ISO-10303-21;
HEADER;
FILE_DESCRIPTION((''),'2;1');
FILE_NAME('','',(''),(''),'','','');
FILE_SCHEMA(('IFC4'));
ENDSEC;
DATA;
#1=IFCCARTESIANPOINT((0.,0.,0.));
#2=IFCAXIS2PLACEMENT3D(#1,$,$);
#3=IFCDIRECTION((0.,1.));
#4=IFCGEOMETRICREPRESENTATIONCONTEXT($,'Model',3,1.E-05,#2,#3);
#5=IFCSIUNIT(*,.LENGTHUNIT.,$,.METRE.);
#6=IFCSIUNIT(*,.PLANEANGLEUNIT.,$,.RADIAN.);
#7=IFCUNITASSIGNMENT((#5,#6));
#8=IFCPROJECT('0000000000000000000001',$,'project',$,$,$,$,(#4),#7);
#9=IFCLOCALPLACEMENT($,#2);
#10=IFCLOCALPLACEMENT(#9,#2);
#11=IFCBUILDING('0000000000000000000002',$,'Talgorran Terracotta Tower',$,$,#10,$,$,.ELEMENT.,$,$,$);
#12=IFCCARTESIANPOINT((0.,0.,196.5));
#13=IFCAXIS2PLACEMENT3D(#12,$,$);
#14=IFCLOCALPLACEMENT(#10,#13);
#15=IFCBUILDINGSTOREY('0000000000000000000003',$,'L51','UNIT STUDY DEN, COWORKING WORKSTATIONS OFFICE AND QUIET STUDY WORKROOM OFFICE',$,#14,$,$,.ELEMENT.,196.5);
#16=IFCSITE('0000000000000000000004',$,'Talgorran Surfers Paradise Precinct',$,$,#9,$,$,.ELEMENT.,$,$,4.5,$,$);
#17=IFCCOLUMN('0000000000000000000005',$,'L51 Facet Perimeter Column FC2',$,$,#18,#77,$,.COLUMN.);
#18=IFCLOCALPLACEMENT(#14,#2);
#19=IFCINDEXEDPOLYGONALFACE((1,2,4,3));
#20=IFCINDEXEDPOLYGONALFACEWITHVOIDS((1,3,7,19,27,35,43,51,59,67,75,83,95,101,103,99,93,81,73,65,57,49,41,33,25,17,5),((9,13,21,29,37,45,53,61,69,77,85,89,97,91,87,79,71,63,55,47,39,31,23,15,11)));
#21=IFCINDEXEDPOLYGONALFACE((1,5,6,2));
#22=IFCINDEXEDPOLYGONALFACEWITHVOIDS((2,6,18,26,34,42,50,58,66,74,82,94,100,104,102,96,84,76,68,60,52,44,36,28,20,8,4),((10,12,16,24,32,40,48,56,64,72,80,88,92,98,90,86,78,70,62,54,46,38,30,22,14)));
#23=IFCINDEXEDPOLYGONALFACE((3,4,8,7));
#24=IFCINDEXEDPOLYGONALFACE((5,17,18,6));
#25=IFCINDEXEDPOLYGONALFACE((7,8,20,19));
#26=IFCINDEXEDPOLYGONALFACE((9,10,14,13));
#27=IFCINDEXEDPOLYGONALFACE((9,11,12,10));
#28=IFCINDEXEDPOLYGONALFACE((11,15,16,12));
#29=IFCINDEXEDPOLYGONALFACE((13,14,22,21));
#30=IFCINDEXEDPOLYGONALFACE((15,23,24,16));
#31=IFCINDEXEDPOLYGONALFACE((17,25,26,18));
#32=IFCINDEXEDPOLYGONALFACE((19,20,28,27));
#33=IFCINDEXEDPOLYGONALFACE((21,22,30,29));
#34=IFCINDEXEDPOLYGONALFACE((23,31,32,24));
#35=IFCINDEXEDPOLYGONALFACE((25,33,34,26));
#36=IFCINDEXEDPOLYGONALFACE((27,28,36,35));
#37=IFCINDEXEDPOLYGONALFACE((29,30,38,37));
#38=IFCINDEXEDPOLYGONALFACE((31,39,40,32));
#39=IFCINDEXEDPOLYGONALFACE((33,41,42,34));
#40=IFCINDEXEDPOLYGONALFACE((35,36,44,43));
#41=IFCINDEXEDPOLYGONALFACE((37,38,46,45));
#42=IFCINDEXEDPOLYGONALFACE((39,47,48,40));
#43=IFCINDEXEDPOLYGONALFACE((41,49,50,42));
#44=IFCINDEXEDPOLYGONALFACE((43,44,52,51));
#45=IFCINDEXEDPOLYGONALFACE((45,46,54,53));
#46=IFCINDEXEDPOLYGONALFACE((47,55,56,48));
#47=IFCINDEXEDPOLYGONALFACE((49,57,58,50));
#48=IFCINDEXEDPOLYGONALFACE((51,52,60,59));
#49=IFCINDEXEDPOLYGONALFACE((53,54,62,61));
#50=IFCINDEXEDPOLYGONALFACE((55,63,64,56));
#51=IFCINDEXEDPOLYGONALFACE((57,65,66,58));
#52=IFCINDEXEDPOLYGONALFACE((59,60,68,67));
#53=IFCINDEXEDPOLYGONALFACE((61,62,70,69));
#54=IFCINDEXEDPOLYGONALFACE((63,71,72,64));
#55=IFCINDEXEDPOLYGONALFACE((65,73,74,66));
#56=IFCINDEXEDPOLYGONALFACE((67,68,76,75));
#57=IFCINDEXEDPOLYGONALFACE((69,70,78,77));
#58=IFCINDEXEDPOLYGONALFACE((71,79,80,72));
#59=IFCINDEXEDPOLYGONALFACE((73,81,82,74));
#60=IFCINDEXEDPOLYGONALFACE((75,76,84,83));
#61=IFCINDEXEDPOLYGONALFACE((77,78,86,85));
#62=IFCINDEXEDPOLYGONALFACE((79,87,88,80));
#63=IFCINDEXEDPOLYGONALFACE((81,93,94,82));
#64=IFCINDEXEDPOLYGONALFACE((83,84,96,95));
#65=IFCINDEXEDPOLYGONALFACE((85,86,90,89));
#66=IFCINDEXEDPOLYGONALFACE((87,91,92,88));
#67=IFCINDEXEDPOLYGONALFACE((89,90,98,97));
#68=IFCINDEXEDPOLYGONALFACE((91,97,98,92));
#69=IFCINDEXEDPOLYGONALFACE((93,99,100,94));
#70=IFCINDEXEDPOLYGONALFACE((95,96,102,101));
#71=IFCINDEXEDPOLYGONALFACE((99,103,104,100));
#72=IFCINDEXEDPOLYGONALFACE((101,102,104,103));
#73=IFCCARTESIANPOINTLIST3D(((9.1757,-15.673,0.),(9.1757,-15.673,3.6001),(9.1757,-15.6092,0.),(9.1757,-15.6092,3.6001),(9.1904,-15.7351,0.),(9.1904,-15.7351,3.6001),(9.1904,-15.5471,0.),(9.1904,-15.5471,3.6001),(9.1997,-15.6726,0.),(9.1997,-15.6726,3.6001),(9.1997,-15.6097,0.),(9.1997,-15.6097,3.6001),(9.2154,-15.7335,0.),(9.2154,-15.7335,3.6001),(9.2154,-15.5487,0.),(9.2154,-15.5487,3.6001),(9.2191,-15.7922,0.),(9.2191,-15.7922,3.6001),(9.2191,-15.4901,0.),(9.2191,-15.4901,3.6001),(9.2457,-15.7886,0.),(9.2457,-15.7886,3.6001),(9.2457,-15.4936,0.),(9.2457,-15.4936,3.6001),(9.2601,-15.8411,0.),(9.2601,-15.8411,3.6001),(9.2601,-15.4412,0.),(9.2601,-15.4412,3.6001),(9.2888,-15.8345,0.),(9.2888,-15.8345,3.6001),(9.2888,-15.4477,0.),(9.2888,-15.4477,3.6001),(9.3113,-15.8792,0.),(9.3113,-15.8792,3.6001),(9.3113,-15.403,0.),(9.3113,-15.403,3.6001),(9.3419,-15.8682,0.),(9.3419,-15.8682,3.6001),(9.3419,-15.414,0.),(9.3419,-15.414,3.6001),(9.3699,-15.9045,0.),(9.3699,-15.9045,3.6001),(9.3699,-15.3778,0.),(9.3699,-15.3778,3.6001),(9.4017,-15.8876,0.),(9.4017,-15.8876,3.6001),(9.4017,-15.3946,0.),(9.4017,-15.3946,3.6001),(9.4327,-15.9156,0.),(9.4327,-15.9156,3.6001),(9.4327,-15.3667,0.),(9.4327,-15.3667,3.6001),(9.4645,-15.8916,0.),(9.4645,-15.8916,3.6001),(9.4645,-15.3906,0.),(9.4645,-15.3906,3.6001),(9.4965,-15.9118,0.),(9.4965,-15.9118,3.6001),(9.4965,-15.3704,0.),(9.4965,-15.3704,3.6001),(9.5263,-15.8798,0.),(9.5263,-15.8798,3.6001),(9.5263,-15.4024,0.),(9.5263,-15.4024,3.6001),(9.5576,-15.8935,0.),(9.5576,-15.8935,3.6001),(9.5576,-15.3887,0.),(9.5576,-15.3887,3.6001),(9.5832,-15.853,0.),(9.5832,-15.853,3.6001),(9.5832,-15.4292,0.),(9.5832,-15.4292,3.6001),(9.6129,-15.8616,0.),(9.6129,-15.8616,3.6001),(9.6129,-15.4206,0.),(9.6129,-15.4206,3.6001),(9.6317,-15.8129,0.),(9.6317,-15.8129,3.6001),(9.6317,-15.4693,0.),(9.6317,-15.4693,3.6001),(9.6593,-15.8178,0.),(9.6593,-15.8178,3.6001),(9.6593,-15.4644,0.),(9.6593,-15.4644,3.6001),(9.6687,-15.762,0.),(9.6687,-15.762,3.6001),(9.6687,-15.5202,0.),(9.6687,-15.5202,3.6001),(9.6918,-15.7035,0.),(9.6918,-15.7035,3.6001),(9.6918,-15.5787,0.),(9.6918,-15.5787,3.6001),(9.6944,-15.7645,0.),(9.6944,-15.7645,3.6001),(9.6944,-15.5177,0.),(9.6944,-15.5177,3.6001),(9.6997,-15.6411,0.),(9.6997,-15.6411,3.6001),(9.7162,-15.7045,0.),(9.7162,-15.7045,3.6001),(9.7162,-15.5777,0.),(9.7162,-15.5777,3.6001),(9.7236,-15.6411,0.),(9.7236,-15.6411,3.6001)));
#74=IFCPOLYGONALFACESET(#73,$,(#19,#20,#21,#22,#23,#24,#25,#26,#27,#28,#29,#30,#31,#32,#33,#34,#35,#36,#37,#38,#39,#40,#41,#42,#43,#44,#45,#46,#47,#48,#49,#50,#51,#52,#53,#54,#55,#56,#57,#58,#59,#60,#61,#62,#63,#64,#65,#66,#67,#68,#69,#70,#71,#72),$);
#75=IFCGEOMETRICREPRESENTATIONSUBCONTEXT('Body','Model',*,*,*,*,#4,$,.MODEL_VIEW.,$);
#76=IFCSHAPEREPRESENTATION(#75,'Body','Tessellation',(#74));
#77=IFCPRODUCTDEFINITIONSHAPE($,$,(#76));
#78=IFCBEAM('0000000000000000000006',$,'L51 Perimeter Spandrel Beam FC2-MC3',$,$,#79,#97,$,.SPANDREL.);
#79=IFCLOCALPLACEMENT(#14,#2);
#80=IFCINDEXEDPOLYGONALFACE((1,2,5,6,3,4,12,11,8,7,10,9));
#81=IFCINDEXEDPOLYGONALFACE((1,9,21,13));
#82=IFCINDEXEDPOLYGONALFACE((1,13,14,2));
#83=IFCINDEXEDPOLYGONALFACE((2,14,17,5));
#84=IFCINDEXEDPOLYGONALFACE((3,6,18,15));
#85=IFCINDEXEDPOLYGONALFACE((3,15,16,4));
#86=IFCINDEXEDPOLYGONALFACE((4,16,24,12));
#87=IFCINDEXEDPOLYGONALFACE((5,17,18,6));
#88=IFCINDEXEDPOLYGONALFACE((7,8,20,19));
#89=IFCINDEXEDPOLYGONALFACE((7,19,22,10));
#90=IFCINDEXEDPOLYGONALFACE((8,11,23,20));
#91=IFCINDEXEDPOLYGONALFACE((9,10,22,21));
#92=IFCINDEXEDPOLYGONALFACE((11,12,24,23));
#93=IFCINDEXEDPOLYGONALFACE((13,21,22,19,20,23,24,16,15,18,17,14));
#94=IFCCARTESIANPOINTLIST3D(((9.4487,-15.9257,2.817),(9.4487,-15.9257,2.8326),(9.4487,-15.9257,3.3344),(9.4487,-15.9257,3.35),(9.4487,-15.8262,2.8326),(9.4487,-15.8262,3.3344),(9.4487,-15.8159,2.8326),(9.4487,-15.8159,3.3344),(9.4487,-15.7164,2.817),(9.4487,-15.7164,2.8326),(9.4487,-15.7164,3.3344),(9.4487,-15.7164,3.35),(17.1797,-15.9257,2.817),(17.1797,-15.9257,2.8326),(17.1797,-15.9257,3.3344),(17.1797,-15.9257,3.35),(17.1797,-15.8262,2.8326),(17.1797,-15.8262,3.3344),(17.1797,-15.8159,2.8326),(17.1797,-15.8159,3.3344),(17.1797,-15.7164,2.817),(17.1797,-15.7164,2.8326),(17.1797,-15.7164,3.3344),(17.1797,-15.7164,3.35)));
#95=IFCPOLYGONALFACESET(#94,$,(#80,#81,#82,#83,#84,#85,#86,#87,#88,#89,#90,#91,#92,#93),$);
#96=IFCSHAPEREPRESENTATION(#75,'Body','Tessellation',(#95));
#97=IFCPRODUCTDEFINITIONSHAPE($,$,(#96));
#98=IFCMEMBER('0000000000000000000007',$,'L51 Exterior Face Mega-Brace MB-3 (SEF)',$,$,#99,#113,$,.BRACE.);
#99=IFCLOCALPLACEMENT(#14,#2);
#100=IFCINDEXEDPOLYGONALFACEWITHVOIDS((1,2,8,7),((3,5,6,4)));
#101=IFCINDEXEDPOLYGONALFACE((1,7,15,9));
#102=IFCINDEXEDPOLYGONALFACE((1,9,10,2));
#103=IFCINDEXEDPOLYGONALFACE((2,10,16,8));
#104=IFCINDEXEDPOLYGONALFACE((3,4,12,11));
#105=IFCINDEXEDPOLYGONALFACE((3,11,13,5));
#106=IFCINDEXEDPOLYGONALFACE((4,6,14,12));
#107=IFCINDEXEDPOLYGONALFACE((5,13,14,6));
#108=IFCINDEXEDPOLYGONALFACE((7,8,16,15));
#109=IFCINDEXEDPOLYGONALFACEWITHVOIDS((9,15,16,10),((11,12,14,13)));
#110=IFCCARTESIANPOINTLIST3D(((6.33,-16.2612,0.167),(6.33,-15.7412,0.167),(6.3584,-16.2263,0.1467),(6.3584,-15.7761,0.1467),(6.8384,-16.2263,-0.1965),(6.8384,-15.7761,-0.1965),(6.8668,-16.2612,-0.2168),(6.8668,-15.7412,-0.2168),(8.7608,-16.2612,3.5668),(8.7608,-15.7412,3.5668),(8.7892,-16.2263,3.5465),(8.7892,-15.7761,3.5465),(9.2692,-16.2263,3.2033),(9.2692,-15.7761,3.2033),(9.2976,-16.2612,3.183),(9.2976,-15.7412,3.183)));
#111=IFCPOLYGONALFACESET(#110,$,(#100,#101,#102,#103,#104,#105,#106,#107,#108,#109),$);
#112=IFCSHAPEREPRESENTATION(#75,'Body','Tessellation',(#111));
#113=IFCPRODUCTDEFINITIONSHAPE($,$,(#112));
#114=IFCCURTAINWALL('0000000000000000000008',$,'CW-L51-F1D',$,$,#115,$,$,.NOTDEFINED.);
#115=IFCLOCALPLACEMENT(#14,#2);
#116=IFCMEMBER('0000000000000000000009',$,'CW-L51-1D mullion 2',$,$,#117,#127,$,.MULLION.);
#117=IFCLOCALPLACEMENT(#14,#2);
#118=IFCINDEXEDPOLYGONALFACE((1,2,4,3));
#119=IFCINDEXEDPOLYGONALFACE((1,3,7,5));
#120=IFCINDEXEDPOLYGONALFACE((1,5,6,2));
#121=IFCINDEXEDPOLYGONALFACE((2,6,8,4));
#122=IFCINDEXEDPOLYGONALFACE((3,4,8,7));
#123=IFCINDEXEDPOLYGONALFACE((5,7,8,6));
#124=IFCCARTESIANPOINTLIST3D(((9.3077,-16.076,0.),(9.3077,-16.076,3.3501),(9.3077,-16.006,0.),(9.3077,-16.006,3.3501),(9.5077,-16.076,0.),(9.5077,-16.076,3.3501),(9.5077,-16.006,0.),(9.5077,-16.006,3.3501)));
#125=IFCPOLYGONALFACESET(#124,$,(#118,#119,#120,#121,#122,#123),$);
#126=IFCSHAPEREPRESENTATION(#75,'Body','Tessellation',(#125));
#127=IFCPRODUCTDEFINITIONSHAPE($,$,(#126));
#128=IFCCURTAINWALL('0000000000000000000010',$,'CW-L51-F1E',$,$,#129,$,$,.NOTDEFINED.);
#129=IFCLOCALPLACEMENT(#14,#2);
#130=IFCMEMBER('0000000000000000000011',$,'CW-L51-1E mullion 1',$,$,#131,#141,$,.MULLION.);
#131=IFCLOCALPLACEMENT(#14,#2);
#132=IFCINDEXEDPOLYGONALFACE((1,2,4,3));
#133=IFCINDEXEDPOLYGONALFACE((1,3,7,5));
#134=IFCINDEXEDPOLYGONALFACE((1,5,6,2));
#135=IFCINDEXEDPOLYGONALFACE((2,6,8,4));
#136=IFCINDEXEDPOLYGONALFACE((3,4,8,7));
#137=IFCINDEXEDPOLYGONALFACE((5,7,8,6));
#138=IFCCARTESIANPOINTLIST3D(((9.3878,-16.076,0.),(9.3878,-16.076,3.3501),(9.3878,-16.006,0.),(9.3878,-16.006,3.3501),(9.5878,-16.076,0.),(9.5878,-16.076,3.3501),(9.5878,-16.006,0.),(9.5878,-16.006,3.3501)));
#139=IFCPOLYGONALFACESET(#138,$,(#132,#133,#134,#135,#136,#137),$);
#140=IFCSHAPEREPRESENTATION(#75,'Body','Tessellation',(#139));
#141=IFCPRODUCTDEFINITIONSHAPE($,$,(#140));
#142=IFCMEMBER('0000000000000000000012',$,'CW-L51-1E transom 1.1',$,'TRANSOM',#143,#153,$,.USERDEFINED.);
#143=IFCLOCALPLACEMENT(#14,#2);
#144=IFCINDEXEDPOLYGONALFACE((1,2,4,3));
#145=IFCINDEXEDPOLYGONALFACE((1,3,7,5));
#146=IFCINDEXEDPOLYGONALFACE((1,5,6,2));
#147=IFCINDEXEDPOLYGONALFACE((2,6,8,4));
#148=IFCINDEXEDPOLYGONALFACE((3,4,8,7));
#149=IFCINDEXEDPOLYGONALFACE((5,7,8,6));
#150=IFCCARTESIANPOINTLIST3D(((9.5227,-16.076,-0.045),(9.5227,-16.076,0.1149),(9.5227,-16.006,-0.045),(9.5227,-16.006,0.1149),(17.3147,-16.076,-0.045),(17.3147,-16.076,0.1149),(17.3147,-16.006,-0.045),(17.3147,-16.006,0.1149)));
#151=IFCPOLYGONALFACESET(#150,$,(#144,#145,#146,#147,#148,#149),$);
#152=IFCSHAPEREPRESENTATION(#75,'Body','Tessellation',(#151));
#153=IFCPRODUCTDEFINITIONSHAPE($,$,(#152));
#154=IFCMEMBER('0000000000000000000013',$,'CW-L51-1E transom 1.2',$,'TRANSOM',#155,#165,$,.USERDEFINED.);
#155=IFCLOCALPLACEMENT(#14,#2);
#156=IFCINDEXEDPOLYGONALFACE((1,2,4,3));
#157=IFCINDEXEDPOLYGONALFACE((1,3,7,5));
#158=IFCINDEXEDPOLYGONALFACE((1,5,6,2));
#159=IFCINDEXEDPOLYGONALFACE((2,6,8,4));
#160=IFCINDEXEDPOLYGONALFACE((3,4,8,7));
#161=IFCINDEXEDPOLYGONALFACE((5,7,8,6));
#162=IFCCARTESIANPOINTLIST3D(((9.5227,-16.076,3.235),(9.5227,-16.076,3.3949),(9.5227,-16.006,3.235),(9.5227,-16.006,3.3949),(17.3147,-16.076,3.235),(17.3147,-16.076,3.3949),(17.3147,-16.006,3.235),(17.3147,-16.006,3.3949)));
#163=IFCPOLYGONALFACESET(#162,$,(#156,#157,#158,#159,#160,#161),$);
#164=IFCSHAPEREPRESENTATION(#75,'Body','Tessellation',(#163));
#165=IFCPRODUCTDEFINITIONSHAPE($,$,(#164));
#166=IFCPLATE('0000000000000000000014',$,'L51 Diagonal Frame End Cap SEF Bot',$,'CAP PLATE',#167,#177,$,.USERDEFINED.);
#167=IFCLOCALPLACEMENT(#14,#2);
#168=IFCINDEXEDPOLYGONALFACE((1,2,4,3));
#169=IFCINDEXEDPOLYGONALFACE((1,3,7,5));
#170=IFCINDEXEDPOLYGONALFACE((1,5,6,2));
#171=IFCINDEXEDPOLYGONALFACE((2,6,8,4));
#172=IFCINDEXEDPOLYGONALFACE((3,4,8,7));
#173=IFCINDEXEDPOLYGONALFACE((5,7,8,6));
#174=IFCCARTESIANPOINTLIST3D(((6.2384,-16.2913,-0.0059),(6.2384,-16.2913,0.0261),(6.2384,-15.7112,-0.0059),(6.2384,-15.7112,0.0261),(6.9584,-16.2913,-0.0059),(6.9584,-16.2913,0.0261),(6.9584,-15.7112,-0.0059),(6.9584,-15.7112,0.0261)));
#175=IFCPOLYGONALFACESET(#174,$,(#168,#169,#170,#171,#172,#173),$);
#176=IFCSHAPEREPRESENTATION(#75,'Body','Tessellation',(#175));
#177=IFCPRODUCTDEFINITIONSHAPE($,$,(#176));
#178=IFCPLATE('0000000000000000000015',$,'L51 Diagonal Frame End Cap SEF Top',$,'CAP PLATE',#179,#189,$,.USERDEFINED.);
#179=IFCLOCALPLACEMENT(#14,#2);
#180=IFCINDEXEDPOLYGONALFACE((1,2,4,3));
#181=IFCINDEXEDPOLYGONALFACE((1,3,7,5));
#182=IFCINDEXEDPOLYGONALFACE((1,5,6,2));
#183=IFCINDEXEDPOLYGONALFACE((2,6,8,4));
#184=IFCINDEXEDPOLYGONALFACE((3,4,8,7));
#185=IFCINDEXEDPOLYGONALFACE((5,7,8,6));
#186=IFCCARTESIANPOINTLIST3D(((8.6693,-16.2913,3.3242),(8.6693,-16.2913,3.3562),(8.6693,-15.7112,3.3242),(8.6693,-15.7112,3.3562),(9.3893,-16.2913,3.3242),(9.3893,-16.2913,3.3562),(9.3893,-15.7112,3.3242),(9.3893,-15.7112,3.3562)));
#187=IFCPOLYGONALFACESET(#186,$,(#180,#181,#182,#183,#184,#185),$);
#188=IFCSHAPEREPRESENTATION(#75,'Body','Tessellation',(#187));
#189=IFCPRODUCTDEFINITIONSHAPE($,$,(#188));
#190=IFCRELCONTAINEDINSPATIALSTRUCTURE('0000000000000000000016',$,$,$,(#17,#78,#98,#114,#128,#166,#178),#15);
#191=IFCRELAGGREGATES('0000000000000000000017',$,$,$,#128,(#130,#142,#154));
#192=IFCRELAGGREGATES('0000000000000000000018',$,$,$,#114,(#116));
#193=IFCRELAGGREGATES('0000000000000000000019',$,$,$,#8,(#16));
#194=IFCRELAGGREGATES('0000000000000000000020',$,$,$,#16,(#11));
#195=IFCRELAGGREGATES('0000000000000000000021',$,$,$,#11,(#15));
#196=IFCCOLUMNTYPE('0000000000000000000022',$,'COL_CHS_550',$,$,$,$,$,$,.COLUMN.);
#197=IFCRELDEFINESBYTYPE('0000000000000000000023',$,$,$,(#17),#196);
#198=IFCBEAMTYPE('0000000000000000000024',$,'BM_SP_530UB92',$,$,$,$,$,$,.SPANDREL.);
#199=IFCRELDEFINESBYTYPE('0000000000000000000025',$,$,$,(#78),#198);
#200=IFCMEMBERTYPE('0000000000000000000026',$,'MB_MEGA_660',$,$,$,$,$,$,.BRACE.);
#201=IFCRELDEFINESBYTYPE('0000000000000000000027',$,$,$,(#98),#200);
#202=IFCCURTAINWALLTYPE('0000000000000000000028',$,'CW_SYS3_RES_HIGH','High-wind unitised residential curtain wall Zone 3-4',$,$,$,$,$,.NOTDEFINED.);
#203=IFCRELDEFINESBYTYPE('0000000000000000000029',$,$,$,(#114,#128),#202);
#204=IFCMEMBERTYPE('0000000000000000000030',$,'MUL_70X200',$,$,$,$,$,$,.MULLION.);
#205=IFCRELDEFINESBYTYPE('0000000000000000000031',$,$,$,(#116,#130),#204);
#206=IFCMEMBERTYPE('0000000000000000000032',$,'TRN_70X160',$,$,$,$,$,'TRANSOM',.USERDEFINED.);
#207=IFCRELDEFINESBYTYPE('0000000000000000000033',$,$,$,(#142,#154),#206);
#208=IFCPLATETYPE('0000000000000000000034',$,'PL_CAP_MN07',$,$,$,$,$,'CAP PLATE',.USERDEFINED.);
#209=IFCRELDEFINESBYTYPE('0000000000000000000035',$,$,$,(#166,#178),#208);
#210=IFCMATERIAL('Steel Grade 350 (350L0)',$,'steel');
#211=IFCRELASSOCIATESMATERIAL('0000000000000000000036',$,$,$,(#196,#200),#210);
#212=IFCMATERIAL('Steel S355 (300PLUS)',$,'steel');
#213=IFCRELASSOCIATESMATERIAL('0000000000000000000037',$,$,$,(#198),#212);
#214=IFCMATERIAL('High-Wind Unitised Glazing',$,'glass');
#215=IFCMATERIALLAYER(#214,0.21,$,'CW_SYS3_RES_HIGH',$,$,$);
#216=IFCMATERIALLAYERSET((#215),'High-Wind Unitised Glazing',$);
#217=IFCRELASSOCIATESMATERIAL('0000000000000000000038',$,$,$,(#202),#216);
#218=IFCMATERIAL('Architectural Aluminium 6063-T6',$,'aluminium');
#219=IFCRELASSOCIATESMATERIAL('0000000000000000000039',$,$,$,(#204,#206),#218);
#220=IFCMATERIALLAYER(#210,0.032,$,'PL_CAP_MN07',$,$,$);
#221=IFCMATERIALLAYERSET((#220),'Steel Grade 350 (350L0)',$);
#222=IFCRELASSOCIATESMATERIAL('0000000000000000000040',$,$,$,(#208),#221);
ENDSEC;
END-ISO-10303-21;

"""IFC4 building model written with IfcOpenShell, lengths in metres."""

from ifc_helpers import new_model, si_unit, direction, frame, origin, origin_2d, place, context, subcontext, project, spatial, rectangle, hollow_rectangle, hollow_circle, i_section, extrude, material, layer, layer_set, material_profile, profile_set, type_object, element, aggregate, save


model = new_model("IFC4")

# Units and contexts
model_context = context("Model", 3, precision=1e-05, world=origin(), true_north=direction((0.0, 1.0)))
body_context = subcontext(model_context, "Body", "Model", "MODEL_VIEW")
ifc_project = project(units=[si_unit("LENGTHUNIT", "METRE"), si_unit("PLANEANGLEUNIT", "RADIAN")], contexts=[model_context])

# Site, building, storey
site_placement = place(None, origin())
site = spatial("IfcSite", under=ifc_project, at=site_placement, Name="Talgorran Surfers Paradise Precinct", CompositionType="ELEMENT", RefElevation=4.5)
building_placement = place(site_placement, origin())
building = spatial("IfcBuilding", under=site, at=building_placement, Name="Talgorran Terracotta Tower", CompositionType="ELEMENT")
storey_placement = place(building_placement, frame((0.0, 0.0, 196.5)))
storey = spatial("IfcBuildingStorey", under=building, at=storey_placement, Name="L51", Description="UNIT STUDY DEN, COWORKING WORKSTATIONS OFFICE AND QUIET STUDY WORKROOM OFFICE", CompositionType="ELEMENT", Elevation=196.5)

# Column
ifc_material_1 = material(Name="Steel Grade 350 (350L0)", Category="steel")
ifc_material_profile_1 = material_profile(ifc_material_1, hollow_circle(Radius=0.2749, WallThickness=0.0239, at=origin_2d()), Name="CHS550X24")
ifc_profile_set_1 = profile_set([ifc_material_profile_1], Name="Steel Grade 350 (350L0)")
column_type = type_object("IfcColumnType", Name="COL_CHS_550", PredefinedType="COLUMN", material=ifc_profile_set_1)
column_placement = place(storey_placement, frame((9.4487, -15.6411, 0.0), z_axis=(0.0, 0.0, 1.0), x_axis=(1.0, 0.0, 0.0)))
element("IfcColumn", 1, at=column_placement, inside=storey, type_object=column_type, Name="L51 Facet Perimeter Column FC2", PredefinedType="COLUMN", context=body_context, shape_type="SweptSolid", body=[
    extrude(hollow_circle(Radius=0.2749, WallThickness=0.0239, at=origin_2d()), origin(), (0.0, 0.0, 1.0), 3.6001),
])

# Beam
ifc_material_2 = material(Name="Steel S355 (300PLUS)", Category="steel")
ifc_material_profile_2 = material_profile(ifc_material_2, i_section(OverallWidth=0.2092, OverallDepth=0.533, WebThickness=0.0103, FlangeThickness=0.0156, at=origin_2d()), Name="530UB92.4")
ifc_profile_set_2 = profile_set([ifc_material_profile_2], Name="Steel S355 (300PLUS)")
beam_type = type_object("IfcBeamType", Name="BM_SP_530UB92", PredefinedType="SPANDREL", material=ifc_profile_set_2)
beam_placement = place(storey_placement, frame((9.4487, -15.821, 3.0835), z_axis=(1.0, 0.0, 0.0), x_axis=(0.0, 1.0, 0.0)))
element("IfcBeam", 2, at=beam_placement, inside=storey, type_object=beam_type, Name="L51 Perimeter Spandrel Beam FC2-MC3", PredefinedType="SPANDREL", context=body_context, shape_type="SweptSolid", body=[
    extrude(i_section(OverallWidth=0.2092, OverallDepth=0.533, WebThickness=0.0103, FlangeThickness=0.0156, at=origin_2d()), origin(), (0.0, 0.0, 1.0), 7.731),
])

# Member
ifc_material_profile_3 = material_profile(ifc_material_1, hollow_rectangle(XDim=0.52, YDim=0.6599, WallThickness=0.0349, at=origin_2d()), Name="WBOX660X520X35")
ifc_profile_set_3 = profile_set([ifc_material_profile_3], Name="Steel Grade 350 (350L0)")
member_type_1 = type_object("IfcMemberType", Name="MB_MEGA_660", PredefinedType="BRACE", material=ifc_profile_set_3)
member_1_placement = place(storey_placement, frame((6.5984, -16.0012, -0.0249), z_axis=(0.581619, 0.0, 0.813461), x_axis=(0.0, 1.0, 0.0)))
element("IfcMember", 3, at=member_1_placement, inside=storey, type_object=member_type_1, Name="L51 Exterior Face Mega-Brace MB-3 (SEF)", PredefinedType="BRACE", context=body_context, shape_type="SweptSolid", body=[
    extrude(hollow_rectangle(XDim=0.52, YDim=0.6599, WallThickness=0.0349, at=origin_2d()), origin(), (0.0, 0.0, 1.0), 4.1794),
])

# Curtain wall, member
ifc_material_3 = material(Name="High-Wind Unitised Glazing", Category="glass")
ifc_layer_1 = layer(ifc_material_3, 0.21, Name="CW_SYS3_RES_HIGH")
ifc_layer_set_1 = layer_set([ifc_layer_1], Name="High-Wind Unitised Glazing")
curtain_wall_type = type_object("IfcCurtainWallType", Name="CW_SYS3_RES_HIGH", Description="High-wind unitised residential curtain wall Zone 3-4", PredefinedType="NOTDEFINED", material=ifc_layer_set_1)
curtain_wall_1_placement = place(storey_placement, origin())
curtain_wall_1 = element("IfcCurtainWall", 4, at=curtain_wall_1_placement, inside=storey, type_object=curtain_wall_type, Name="CW-L51-F1D", PredefinedType="NOTDEFINED")
ifc_material_4 = material(Name="Architectural Aluminium 6063-T6", Category="aluminium")
ifc_material_profile_4 = material_profile(ifc_material_4, rectangle(XDim=0.0701, YDim=0.2, at=origin_2d()), Name="CWM70X200")
ifc_profile_set_4 = profile_set([ifc_material_profile_4], Name="Architectural Aluminium 6063-T6")
member_type_2 = type_object("IfcMemberType", Name="MUL_70X200", PredefinedType="MULLION", material=ifc_profile_set_4)
member_2_placement = place(storey_placement, frame((9.4077, -16.041, 0.0), z_axis=(0.0, 0.0, 1.0), x_axis=(0.0, 1.0, 0.0)))
member_2 = element("IfcMember", 5, at=member_2_placement, type_object=member_type_2, Name="CW-L51-1D mullion 2", PredefinedType="MULLION", context=body_context, shape_type="SweptSolid", body=[
    extrude(rectangle(XDim=0.0701, YDim=0.2, at=origin_2d()), origin(), (0.0, 0.0, 1.0), 3.3501),
])

# Curtain wall, members
curtain_wall_2_placement = place(storey_placement, origin())
curtain_wall_2 = element("IfcCurtainWall", 6, at=curtain_wall_2_placement, inside=storey, type_object=curtain_wall_type, Name="CW-L51-F1E", PredefinedType="NOTDEFINED")
member_3_placement = place(storey_placement, frame((9.4878, -16.041, 0.0), z_axis=(0.0, 0.0, 1.0), x_axis=(0.0, 1.0, 0.0)))
member_3 = element("IfcMember", 7, at=member_3_placement, type_object=member_type_2, Name="CW-L51-1E mullion 1", PredefinedType="MULLION", context=body_context, shape_type="SweptSolid", body=[
    extrude(rectangle(XDim=0.0701, YDim=0.2, at=origin_2d()), origin(), (0.0, 0.0, 1.0), 3.3501),
])
ifc_material_profile_5 = material_profile(ifc_material_4, rectangle(XDim=0.0701, YDim=0.1599, at=origin_2d()), Name="CWT70X160")
ifc_profile_set_5 = profile_set([ifc_material_profile_5], Name="Architectural Aluminium 6063-T6")
member_type_3 = type_object("IfcMemberType", Name="TRN_70X160", ElementType="TRANSOM", PredefinedType="USERDEFINED", material=ifc_profile_set_5)
member_4_placement = place(storey_placement, frame((9.5227, -16.041, 0.0349), z_axis=(1.0, 0.0, 0.0), x_axis=(0.0, 1.0, 0.0)))
member_4 = element("IfcMember", 8, at=member_4_placement, type_object=member_type_3, Name="CW-L51-1E transom 1.1", ObjectType="TRANSOM", PredefinedType="USERDEFINED", context=body_context, shape_type="SweptSolid", body=[
    extrude(rectangle(XDim=0.0701, YDim=0.1599, at=origin_2d()), origin(), (0.0, 0.0, 1.0), 7.792),
])
member_5_placement = place(storey_placement, frame((9.5227, -16.041, 3.3149), z_axis=(1.0, 0.0, 0.0), x_axis=(0.0, 1.0, 0.0)))
member_5 = element("IfcMember", 9, at=member_5_placement, type_object=member_type_3, Name="CW-L51-1E transom 1.2", ObjectType="TRANSOM", PredefinedType="USERDEFINED", context=body_context, shape_type="SweptSolid", body=[
    extrude(rectangle(XDim=0.0701, YDim=0.1599, at=origin_2d()), origin(), (0.0, 0.0, 1.0), 7.792),
])
aggregate(curtain_wall_2, [member_3, member_4, member_5])

# Plates
ifc_layer_2 = layer(ifc_material_1, 0.032, Name="PL_CAP_MN07")
ifc_layer_set_2 = layer_set([ifc_layer_2], Name="Steel Grade 350 (350L0)")
plate_type_1 = type_object("IfcPlateType", Name="PL_CAP_MN07", ElementType="CAP PLATE", PredefinedType="USERDEFINED", material=ifc_layer_set_2)
for number, where, z_axis, x_axis, name in (
    (10, (6.5984, -16.0012, -0.0059), (0.0, 0.0, 1.0), (1.0, 0.0, 0.0), "L51 Diagonal Frame End Cap SEF Bot"),
    (11, (9.0293, -16.0012, 3.3242), (0.0, 0.0, 1.0), (1.0, 0.0, 0.0), "L51 Diagonal Frame End Cap SEF Top"),
):
    element("IfcPlate", number, at=place(storey_placement, frame(where, z_axis=z_axis, x_axis=x_axis)), inside=storey, type_object=plate_type_1, Name=name, ObjectType="CAP PLATE", PredefinedType="USERDEFINED", context=body_context, shape_type="SweptSolid", body=[
        extrude(rectangle(XDim=0.72, YDim=0.5801, at=origin_2d()), origin(), (0.0, 0.0, 1.0), 0.032),
    ])

aggregate(curtain_wall_1, [member_2])

save(model, "model.ifc")
